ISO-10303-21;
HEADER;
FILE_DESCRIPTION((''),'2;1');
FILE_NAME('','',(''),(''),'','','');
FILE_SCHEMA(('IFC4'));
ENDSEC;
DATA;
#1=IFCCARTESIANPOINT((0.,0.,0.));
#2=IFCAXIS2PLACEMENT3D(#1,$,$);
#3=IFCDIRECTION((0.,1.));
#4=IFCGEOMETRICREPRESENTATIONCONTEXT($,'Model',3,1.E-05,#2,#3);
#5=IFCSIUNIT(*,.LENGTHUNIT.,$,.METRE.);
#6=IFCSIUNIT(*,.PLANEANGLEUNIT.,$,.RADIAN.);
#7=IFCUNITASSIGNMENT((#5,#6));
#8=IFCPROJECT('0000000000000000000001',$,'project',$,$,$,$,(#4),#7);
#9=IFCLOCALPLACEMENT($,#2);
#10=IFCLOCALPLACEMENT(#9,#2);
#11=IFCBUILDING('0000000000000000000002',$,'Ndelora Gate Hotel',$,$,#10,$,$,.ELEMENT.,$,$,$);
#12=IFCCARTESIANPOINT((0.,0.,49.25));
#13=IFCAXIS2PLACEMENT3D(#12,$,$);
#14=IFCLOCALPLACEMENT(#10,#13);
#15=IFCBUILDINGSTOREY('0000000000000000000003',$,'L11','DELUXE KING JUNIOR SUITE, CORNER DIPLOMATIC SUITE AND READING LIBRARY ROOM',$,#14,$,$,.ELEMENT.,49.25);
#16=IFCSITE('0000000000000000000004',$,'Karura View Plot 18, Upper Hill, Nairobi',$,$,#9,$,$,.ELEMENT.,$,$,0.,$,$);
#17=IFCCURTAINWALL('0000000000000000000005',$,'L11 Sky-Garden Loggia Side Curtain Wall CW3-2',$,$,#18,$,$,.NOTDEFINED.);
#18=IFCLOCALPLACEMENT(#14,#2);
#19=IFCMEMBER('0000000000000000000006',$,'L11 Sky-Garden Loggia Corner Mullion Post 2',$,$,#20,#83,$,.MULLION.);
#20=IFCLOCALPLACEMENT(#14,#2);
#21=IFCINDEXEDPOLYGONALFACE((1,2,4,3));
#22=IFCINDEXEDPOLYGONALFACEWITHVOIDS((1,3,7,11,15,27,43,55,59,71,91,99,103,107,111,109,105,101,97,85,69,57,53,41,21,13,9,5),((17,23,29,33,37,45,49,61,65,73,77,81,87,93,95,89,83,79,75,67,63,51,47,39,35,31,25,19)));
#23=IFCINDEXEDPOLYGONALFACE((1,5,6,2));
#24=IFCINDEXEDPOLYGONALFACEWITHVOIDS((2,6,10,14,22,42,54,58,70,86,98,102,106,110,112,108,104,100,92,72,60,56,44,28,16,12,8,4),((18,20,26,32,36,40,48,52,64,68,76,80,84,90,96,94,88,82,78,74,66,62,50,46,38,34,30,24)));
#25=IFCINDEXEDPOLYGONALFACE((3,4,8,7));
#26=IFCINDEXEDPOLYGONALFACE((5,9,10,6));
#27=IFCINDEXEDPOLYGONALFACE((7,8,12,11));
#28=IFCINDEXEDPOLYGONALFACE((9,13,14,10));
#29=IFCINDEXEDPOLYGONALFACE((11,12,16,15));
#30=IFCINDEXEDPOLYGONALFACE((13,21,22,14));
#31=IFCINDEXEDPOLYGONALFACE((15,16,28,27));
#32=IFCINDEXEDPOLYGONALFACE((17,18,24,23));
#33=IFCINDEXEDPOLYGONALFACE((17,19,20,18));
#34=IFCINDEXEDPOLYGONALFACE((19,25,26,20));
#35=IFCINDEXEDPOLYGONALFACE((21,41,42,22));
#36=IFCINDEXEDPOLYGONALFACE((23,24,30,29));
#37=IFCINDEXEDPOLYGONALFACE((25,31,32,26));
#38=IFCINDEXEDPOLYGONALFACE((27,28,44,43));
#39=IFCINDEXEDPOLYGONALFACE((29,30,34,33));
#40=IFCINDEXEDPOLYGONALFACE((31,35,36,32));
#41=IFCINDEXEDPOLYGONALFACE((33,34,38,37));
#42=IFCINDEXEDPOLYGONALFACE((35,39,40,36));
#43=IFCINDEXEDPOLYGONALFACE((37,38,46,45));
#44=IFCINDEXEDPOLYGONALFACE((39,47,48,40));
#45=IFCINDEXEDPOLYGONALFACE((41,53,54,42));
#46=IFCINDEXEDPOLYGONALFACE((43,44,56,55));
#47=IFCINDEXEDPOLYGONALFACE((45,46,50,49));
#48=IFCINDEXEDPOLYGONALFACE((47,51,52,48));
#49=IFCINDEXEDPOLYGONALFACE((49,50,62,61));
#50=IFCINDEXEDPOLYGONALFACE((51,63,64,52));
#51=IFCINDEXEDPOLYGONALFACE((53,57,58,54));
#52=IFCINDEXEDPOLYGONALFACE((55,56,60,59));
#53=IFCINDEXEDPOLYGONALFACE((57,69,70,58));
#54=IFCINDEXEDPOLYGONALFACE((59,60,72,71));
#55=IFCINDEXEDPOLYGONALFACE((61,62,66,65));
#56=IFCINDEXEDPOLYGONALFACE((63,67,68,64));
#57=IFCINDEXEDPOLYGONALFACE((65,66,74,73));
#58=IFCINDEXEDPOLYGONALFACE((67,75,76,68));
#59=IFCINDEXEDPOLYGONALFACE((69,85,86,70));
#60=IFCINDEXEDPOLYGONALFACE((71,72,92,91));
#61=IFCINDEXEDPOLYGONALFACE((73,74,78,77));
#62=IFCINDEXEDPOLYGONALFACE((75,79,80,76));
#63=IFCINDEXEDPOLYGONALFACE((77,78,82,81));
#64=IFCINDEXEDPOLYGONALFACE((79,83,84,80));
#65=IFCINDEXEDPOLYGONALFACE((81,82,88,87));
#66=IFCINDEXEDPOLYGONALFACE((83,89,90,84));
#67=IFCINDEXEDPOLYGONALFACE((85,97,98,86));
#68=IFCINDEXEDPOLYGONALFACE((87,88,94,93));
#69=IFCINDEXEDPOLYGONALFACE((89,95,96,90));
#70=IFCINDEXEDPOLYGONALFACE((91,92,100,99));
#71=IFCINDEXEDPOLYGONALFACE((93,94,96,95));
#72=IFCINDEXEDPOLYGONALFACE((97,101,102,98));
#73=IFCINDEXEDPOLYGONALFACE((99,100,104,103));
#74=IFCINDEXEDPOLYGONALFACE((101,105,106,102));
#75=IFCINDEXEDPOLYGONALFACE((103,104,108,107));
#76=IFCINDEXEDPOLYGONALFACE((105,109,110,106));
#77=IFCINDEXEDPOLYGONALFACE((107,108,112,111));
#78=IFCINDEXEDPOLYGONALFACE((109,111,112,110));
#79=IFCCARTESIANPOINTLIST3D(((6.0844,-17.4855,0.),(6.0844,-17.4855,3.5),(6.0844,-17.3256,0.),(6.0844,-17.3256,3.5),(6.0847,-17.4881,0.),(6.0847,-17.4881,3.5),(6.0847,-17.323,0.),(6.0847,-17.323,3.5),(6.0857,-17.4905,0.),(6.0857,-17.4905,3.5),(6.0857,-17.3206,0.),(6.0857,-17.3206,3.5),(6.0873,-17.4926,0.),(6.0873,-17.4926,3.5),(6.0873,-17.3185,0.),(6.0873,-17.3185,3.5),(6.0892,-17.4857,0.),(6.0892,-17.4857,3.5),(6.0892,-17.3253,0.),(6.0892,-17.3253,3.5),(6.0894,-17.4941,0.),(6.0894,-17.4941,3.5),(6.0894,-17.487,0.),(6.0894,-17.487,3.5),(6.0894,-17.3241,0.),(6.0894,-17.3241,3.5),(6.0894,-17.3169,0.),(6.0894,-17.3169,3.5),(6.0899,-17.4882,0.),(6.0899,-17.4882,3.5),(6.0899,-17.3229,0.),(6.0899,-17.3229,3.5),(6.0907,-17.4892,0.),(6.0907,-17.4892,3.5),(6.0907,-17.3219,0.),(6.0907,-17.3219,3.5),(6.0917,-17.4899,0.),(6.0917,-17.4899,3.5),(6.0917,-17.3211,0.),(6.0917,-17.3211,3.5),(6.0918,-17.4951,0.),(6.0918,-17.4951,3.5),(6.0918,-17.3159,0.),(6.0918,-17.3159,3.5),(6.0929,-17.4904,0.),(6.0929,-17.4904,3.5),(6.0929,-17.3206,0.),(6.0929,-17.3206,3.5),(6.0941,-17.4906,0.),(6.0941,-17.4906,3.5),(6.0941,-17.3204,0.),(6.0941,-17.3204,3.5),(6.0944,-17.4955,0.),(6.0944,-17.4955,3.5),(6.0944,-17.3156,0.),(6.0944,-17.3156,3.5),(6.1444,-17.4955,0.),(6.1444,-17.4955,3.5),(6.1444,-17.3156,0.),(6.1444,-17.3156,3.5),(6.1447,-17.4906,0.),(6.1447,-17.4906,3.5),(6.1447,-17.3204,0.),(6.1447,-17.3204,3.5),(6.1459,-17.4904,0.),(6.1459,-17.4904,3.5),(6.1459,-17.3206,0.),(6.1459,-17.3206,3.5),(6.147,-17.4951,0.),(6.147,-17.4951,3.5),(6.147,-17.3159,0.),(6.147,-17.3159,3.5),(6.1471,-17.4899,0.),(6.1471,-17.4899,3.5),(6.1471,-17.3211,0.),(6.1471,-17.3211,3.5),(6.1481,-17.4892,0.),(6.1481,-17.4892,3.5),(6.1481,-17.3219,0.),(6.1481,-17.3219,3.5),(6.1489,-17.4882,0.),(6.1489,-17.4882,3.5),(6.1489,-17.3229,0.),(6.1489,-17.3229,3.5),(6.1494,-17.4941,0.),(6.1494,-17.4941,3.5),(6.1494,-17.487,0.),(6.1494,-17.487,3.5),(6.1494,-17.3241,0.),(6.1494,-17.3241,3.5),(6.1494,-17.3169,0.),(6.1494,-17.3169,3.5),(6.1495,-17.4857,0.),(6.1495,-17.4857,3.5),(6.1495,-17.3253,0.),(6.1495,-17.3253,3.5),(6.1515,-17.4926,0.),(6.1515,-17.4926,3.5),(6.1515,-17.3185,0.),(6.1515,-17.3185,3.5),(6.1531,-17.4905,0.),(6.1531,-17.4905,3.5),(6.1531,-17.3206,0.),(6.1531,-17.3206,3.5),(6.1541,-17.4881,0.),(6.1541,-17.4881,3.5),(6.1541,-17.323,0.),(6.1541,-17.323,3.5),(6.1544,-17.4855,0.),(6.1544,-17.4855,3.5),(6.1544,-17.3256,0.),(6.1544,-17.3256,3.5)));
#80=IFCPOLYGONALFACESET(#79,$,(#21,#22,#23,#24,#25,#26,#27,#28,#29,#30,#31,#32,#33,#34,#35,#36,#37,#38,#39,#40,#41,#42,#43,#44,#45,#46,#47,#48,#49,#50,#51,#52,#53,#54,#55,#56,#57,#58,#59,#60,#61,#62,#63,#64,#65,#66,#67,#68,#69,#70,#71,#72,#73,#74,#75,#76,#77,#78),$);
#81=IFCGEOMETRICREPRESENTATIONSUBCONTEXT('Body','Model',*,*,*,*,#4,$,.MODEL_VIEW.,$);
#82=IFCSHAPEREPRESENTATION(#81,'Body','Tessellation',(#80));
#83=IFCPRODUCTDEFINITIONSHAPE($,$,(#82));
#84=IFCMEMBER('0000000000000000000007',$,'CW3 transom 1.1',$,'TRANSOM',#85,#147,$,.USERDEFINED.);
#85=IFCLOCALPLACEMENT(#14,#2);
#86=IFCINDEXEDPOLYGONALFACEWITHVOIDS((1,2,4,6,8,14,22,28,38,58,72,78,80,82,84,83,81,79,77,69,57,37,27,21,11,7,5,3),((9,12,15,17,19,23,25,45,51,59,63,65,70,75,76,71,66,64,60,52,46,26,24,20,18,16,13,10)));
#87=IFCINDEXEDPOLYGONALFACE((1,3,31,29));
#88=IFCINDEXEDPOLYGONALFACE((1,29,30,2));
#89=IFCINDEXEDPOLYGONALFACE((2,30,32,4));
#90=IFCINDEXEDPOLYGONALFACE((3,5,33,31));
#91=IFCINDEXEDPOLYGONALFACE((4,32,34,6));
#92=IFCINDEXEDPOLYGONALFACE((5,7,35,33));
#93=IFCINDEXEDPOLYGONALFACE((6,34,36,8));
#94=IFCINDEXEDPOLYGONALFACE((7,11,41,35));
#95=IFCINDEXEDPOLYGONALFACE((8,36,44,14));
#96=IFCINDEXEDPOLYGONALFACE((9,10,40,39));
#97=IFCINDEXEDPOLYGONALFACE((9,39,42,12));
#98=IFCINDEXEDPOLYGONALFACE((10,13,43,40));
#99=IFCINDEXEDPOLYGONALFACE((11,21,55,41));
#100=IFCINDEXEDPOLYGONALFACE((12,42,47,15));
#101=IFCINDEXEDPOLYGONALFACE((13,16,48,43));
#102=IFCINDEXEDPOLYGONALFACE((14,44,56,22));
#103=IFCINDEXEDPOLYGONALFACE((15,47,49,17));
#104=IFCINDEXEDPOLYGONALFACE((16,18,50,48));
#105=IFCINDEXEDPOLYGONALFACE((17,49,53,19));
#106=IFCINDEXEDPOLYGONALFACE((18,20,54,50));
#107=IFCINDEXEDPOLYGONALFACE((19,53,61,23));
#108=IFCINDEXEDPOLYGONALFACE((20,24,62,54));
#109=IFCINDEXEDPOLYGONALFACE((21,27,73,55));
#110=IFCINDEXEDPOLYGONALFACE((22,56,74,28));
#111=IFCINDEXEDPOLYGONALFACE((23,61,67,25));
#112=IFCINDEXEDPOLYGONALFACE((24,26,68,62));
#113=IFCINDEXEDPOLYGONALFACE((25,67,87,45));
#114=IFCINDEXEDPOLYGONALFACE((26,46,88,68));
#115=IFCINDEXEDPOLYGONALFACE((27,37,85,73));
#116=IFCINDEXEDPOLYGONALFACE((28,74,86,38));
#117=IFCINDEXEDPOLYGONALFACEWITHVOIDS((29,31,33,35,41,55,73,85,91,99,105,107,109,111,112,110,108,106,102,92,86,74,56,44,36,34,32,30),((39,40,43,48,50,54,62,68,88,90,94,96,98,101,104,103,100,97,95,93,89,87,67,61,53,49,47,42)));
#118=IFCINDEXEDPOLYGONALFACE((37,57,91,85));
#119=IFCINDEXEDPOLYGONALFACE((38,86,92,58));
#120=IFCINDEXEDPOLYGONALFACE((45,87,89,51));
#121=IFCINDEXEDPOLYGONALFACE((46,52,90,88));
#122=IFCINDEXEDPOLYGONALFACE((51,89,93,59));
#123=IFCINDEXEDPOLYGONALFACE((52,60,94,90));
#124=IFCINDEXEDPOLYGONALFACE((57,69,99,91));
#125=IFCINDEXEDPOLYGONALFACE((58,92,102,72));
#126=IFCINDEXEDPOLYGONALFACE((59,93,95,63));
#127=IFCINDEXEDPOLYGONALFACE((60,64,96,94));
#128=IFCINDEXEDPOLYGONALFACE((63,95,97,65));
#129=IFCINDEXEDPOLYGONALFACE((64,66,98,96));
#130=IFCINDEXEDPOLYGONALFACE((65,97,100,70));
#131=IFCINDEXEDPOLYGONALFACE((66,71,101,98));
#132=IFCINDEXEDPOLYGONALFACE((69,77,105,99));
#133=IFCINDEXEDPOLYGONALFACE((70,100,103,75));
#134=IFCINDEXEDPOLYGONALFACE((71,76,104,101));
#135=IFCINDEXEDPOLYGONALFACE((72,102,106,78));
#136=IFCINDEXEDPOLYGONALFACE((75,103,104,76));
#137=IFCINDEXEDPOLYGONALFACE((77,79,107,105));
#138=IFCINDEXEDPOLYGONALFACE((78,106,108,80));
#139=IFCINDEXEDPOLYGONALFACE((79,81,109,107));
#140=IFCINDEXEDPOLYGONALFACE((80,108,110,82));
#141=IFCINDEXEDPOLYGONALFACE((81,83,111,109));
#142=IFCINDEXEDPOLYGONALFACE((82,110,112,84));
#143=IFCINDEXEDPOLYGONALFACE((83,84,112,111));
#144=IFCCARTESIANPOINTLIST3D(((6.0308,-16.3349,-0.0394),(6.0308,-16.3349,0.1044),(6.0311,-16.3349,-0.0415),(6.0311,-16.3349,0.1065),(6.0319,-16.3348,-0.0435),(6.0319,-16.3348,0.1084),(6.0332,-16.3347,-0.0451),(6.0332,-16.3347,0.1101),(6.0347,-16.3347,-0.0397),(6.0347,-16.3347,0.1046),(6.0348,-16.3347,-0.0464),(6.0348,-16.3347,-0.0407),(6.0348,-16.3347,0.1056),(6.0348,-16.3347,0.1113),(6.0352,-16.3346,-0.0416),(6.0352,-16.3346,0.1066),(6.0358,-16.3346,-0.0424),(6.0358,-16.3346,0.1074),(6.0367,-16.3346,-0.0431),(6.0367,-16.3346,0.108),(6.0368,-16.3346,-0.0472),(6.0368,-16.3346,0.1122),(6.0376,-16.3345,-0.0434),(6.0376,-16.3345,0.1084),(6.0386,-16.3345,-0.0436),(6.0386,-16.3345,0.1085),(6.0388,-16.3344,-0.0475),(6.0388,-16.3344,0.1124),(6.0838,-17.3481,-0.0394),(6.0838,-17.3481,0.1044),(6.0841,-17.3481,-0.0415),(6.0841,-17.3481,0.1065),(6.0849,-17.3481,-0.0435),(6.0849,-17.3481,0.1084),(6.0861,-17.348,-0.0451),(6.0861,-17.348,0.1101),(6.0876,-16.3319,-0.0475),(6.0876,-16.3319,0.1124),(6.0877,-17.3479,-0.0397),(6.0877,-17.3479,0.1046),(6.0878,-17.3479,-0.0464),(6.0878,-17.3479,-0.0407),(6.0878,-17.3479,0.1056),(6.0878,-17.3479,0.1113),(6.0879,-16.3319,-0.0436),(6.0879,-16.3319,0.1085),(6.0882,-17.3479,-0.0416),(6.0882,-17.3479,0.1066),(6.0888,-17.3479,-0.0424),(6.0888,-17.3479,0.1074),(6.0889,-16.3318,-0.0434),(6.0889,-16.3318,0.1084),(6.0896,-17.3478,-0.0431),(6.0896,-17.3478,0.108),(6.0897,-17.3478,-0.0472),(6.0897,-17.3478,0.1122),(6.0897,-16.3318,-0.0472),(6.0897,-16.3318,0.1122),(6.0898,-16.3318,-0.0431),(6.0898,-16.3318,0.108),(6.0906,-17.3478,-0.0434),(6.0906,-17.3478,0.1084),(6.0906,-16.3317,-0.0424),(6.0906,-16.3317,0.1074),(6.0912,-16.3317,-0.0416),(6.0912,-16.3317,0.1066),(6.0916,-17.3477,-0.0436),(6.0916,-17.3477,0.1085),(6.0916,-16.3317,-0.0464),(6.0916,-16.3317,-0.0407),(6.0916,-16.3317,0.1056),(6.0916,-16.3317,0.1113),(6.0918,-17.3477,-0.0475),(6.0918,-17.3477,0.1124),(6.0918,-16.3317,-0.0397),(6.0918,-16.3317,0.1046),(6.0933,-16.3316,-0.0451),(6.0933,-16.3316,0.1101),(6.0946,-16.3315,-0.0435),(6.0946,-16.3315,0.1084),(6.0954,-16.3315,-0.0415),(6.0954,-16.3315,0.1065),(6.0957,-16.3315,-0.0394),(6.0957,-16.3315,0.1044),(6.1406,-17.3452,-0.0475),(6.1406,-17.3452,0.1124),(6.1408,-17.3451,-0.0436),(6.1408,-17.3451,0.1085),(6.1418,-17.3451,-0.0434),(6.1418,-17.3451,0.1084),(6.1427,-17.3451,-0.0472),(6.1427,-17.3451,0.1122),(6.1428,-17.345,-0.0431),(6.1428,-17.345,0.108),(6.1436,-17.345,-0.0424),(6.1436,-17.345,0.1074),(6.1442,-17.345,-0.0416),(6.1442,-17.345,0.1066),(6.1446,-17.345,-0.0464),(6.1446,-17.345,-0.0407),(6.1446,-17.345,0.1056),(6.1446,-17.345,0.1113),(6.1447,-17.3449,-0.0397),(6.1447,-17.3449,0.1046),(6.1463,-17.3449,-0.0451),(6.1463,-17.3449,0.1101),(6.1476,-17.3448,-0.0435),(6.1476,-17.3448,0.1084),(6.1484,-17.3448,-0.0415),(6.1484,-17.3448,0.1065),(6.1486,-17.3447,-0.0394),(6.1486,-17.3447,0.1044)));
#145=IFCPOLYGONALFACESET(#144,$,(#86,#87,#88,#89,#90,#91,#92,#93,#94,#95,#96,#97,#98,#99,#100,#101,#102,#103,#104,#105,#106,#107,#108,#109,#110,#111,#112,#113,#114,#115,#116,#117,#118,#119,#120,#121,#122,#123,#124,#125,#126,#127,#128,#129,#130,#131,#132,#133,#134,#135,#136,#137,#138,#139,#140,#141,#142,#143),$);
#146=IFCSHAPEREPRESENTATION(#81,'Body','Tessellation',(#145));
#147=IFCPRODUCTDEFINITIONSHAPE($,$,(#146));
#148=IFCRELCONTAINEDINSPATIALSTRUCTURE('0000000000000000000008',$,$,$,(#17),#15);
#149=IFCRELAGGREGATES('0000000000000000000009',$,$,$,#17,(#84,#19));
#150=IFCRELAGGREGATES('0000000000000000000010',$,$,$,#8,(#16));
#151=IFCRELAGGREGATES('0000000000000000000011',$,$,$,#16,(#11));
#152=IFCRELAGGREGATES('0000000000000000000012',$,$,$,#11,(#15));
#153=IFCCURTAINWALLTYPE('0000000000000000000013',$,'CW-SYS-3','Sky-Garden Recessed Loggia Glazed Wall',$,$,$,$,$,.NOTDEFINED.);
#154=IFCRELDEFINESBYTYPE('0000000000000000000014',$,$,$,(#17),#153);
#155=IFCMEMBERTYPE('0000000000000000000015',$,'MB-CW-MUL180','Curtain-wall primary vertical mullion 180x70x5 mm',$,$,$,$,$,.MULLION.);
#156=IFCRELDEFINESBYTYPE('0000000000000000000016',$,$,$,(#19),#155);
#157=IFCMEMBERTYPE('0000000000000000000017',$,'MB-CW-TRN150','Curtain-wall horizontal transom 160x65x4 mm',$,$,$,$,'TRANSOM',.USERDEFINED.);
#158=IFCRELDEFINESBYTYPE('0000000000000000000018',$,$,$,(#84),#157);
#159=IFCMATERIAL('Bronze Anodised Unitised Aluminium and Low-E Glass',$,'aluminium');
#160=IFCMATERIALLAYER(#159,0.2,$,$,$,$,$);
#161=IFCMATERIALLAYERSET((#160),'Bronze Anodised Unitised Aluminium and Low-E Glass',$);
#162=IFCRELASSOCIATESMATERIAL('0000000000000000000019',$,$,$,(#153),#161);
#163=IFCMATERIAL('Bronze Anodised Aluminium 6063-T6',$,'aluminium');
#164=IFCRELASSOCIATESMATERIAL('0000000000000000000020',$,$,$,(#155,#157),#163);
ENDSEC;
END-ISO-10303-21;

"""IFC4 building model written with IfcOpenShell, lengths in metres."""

from ifc_helpers import new_model, si_unit, direction, frame, origin, origin_2d, place, context, subcontext, project, spatial, hollow_rectangle, extrude, material, layer, layer_set, material_profile, profile_set, type_object, element, aggregate, save


model = new_model("IFC4")

# Units and contexts
model_context = context("Model", 3, precision=1e-05, world=origin(), true_north=direction((0.0, 1.0)))
body_context = subcontext(model_context, "Body", "Model", "MODEL_VIEW")
ifc_project = project(units=[si_unit("LENGTHUNIT", "METRE"), si_unit("PLANEANGLEUNIT", "RADIAN")], contexts=[model_context])

# Site, building, storey
site_placement = place(None, origin())
site = spatial("IfcSite", under=ifc_project, at=site_placement, Name="Karura View Plot 18, Upper Hill, Nairobi", CompositionType="ELEMENT", RefElevation=0.0)
building_placement = place(site_placement, origin())
building = spatial("IfcBuilding", under=site, at=building_placement, Name="Ndelora Gate Hotel", CompositionType="ELEMENT")
storey_placement = place(building_placement, frame((0.0, 0.0, 49.25)))
storey = spatial("IfcBuildingStorey", under=building, at=storey_placement, Name="L11", Description="DELUXE KING JUNIOR SUITE, CORNER DIPLOMATIC SUITE AND READING LIBRARY ROOM", CompositionType="ELEMENT", Elevation=49.25)

# Curtain wall, members
ifc_material_1 = material(Name="Bronze Anodised Unitised Aluminium and Low-E Glass", Category="aluminium")
ifc_layer_1 = layer(ifc_material_1, 0.2)
ifc_layer_set_1 = layer_set([ifc_layer_1], Name="Bronze Anodised Unitised Aluminium and Low-E Glass")
curtain_wall_type = type_object("IfcCurtainWallType", Name="CW-SYS-3", Description="Sky-Garden Recessed Loggia Glazed Wall", PredefinedType="NOTDEFINED", material=ifc_layer_set_1)
curtain_wall_placement = place(storey_placement, origin())
curtain_wall = element("IfcCurtainWall", 1, at=curtain_wall_placement, inside=storey, type_object=curtain_wall_type, Name="L11 Sky-Garden Loggia Side Curtain Wall CW3-2", PredefinedType="NOTDEFINED")
ifc_material_2 = material(Name="Bronze Anodised Aluminium 6063-T6", Category="aluminium")
ifc_material_profile_1 = material_profile(ifc_material_2, hollow_rectangle(XDim=0.0701, YDim=0.1799, WallThickness=0.0049, InnerFilletRadius=0.0049, OuterFilletRadius=0.01, at=origin_2d()), Name="ALU 180x70x5")
ifc_profile_set_1 = profile_set([ifc_material_profile_1], Name="Bronze Anodised Aluminium 6063-T6")
member_type_1 = type_object("IfcMemberType", Name="MB-CW-MUL180", Description="Curtain-wall primary vertical mullion 180x70x5 mm", PredefinedType="MULLION", material=ifc_profile_set_1)
member_1_placement = place(storey_placement, frame((6.1194, -17.4055, 0.0), z_axis=(0.0, 0.0, 1.0), x_axis=(1.0, 0.0, 0.0)))
member_1 = element("IfcMember", 2, at=member_1_placement, type_object=member_type_1, Name="L11 Sky-Garden Loggia Corner Mullion Post 2", PredefinedType="MULLION", context=body_context, shape_type="SweptSolid", body=[
    extrude(hollow_rectangle(XDim=0.0701, YDim=0.1799, WallThickness=0.0049, InnerFilletRadius=0.0049, OuterFilletRadius=0.01, at=origin_2d()), origin(), (0.0, 0.0, 1.0), 3.5),
])
ifc_material_profile_2 = material_profile(ifc_material_2, hollow_rectangle(XDim=0.0649, YDim=0.1599, WallThickness=0.0039, InnerFilletRadius=0.0039, OuterFilletRadius=0.0081, at=origin_2d()), Name="ALU 160x65x4")
ifc_profile_set_2 = profile_set([ifc_material_profile_2], Name="Bronze Anodised Aluminium 6063-T6")
member_type_2 = type_object("IfcMemberType", Name="MB-CW-TRN150", Description="Curtain-wall horizontal transom 160x65x4 mm", ElementType="TRANSOM", PredefinedType="USERDEFINED", material=ifc_profile_set_2)
member_2_placement = place(storey_placement, frame((6.1162, -17.3464, 0.0325), z_axis=(-0.052218, 0.998636, 0.0), x_axis=(-0.998636, -0.052218, 0.0)))
member_2 = element("IfcMember", 3, at=member_2_placement, type_object=member_type_2, Name="CW3 transom 1.1", ObjectType="TRANSOM", PredefinedType="USERDEFINED", context=body_context, shape_type="SweptSolid", body=[
    extrude(hollow_rectangle(XDim=0.0649, YDim=0.1599, WallThickness=0.0039, InnerFilletRadius=0.0039, OuterFilletRadius=0.0081, at=origin_2d()), origin(), (0.0, 0.0, 1.0), 1.0146),
])
aggregate(curtain_wall, [member_2, member_1])

save(model, "model.ifc")
